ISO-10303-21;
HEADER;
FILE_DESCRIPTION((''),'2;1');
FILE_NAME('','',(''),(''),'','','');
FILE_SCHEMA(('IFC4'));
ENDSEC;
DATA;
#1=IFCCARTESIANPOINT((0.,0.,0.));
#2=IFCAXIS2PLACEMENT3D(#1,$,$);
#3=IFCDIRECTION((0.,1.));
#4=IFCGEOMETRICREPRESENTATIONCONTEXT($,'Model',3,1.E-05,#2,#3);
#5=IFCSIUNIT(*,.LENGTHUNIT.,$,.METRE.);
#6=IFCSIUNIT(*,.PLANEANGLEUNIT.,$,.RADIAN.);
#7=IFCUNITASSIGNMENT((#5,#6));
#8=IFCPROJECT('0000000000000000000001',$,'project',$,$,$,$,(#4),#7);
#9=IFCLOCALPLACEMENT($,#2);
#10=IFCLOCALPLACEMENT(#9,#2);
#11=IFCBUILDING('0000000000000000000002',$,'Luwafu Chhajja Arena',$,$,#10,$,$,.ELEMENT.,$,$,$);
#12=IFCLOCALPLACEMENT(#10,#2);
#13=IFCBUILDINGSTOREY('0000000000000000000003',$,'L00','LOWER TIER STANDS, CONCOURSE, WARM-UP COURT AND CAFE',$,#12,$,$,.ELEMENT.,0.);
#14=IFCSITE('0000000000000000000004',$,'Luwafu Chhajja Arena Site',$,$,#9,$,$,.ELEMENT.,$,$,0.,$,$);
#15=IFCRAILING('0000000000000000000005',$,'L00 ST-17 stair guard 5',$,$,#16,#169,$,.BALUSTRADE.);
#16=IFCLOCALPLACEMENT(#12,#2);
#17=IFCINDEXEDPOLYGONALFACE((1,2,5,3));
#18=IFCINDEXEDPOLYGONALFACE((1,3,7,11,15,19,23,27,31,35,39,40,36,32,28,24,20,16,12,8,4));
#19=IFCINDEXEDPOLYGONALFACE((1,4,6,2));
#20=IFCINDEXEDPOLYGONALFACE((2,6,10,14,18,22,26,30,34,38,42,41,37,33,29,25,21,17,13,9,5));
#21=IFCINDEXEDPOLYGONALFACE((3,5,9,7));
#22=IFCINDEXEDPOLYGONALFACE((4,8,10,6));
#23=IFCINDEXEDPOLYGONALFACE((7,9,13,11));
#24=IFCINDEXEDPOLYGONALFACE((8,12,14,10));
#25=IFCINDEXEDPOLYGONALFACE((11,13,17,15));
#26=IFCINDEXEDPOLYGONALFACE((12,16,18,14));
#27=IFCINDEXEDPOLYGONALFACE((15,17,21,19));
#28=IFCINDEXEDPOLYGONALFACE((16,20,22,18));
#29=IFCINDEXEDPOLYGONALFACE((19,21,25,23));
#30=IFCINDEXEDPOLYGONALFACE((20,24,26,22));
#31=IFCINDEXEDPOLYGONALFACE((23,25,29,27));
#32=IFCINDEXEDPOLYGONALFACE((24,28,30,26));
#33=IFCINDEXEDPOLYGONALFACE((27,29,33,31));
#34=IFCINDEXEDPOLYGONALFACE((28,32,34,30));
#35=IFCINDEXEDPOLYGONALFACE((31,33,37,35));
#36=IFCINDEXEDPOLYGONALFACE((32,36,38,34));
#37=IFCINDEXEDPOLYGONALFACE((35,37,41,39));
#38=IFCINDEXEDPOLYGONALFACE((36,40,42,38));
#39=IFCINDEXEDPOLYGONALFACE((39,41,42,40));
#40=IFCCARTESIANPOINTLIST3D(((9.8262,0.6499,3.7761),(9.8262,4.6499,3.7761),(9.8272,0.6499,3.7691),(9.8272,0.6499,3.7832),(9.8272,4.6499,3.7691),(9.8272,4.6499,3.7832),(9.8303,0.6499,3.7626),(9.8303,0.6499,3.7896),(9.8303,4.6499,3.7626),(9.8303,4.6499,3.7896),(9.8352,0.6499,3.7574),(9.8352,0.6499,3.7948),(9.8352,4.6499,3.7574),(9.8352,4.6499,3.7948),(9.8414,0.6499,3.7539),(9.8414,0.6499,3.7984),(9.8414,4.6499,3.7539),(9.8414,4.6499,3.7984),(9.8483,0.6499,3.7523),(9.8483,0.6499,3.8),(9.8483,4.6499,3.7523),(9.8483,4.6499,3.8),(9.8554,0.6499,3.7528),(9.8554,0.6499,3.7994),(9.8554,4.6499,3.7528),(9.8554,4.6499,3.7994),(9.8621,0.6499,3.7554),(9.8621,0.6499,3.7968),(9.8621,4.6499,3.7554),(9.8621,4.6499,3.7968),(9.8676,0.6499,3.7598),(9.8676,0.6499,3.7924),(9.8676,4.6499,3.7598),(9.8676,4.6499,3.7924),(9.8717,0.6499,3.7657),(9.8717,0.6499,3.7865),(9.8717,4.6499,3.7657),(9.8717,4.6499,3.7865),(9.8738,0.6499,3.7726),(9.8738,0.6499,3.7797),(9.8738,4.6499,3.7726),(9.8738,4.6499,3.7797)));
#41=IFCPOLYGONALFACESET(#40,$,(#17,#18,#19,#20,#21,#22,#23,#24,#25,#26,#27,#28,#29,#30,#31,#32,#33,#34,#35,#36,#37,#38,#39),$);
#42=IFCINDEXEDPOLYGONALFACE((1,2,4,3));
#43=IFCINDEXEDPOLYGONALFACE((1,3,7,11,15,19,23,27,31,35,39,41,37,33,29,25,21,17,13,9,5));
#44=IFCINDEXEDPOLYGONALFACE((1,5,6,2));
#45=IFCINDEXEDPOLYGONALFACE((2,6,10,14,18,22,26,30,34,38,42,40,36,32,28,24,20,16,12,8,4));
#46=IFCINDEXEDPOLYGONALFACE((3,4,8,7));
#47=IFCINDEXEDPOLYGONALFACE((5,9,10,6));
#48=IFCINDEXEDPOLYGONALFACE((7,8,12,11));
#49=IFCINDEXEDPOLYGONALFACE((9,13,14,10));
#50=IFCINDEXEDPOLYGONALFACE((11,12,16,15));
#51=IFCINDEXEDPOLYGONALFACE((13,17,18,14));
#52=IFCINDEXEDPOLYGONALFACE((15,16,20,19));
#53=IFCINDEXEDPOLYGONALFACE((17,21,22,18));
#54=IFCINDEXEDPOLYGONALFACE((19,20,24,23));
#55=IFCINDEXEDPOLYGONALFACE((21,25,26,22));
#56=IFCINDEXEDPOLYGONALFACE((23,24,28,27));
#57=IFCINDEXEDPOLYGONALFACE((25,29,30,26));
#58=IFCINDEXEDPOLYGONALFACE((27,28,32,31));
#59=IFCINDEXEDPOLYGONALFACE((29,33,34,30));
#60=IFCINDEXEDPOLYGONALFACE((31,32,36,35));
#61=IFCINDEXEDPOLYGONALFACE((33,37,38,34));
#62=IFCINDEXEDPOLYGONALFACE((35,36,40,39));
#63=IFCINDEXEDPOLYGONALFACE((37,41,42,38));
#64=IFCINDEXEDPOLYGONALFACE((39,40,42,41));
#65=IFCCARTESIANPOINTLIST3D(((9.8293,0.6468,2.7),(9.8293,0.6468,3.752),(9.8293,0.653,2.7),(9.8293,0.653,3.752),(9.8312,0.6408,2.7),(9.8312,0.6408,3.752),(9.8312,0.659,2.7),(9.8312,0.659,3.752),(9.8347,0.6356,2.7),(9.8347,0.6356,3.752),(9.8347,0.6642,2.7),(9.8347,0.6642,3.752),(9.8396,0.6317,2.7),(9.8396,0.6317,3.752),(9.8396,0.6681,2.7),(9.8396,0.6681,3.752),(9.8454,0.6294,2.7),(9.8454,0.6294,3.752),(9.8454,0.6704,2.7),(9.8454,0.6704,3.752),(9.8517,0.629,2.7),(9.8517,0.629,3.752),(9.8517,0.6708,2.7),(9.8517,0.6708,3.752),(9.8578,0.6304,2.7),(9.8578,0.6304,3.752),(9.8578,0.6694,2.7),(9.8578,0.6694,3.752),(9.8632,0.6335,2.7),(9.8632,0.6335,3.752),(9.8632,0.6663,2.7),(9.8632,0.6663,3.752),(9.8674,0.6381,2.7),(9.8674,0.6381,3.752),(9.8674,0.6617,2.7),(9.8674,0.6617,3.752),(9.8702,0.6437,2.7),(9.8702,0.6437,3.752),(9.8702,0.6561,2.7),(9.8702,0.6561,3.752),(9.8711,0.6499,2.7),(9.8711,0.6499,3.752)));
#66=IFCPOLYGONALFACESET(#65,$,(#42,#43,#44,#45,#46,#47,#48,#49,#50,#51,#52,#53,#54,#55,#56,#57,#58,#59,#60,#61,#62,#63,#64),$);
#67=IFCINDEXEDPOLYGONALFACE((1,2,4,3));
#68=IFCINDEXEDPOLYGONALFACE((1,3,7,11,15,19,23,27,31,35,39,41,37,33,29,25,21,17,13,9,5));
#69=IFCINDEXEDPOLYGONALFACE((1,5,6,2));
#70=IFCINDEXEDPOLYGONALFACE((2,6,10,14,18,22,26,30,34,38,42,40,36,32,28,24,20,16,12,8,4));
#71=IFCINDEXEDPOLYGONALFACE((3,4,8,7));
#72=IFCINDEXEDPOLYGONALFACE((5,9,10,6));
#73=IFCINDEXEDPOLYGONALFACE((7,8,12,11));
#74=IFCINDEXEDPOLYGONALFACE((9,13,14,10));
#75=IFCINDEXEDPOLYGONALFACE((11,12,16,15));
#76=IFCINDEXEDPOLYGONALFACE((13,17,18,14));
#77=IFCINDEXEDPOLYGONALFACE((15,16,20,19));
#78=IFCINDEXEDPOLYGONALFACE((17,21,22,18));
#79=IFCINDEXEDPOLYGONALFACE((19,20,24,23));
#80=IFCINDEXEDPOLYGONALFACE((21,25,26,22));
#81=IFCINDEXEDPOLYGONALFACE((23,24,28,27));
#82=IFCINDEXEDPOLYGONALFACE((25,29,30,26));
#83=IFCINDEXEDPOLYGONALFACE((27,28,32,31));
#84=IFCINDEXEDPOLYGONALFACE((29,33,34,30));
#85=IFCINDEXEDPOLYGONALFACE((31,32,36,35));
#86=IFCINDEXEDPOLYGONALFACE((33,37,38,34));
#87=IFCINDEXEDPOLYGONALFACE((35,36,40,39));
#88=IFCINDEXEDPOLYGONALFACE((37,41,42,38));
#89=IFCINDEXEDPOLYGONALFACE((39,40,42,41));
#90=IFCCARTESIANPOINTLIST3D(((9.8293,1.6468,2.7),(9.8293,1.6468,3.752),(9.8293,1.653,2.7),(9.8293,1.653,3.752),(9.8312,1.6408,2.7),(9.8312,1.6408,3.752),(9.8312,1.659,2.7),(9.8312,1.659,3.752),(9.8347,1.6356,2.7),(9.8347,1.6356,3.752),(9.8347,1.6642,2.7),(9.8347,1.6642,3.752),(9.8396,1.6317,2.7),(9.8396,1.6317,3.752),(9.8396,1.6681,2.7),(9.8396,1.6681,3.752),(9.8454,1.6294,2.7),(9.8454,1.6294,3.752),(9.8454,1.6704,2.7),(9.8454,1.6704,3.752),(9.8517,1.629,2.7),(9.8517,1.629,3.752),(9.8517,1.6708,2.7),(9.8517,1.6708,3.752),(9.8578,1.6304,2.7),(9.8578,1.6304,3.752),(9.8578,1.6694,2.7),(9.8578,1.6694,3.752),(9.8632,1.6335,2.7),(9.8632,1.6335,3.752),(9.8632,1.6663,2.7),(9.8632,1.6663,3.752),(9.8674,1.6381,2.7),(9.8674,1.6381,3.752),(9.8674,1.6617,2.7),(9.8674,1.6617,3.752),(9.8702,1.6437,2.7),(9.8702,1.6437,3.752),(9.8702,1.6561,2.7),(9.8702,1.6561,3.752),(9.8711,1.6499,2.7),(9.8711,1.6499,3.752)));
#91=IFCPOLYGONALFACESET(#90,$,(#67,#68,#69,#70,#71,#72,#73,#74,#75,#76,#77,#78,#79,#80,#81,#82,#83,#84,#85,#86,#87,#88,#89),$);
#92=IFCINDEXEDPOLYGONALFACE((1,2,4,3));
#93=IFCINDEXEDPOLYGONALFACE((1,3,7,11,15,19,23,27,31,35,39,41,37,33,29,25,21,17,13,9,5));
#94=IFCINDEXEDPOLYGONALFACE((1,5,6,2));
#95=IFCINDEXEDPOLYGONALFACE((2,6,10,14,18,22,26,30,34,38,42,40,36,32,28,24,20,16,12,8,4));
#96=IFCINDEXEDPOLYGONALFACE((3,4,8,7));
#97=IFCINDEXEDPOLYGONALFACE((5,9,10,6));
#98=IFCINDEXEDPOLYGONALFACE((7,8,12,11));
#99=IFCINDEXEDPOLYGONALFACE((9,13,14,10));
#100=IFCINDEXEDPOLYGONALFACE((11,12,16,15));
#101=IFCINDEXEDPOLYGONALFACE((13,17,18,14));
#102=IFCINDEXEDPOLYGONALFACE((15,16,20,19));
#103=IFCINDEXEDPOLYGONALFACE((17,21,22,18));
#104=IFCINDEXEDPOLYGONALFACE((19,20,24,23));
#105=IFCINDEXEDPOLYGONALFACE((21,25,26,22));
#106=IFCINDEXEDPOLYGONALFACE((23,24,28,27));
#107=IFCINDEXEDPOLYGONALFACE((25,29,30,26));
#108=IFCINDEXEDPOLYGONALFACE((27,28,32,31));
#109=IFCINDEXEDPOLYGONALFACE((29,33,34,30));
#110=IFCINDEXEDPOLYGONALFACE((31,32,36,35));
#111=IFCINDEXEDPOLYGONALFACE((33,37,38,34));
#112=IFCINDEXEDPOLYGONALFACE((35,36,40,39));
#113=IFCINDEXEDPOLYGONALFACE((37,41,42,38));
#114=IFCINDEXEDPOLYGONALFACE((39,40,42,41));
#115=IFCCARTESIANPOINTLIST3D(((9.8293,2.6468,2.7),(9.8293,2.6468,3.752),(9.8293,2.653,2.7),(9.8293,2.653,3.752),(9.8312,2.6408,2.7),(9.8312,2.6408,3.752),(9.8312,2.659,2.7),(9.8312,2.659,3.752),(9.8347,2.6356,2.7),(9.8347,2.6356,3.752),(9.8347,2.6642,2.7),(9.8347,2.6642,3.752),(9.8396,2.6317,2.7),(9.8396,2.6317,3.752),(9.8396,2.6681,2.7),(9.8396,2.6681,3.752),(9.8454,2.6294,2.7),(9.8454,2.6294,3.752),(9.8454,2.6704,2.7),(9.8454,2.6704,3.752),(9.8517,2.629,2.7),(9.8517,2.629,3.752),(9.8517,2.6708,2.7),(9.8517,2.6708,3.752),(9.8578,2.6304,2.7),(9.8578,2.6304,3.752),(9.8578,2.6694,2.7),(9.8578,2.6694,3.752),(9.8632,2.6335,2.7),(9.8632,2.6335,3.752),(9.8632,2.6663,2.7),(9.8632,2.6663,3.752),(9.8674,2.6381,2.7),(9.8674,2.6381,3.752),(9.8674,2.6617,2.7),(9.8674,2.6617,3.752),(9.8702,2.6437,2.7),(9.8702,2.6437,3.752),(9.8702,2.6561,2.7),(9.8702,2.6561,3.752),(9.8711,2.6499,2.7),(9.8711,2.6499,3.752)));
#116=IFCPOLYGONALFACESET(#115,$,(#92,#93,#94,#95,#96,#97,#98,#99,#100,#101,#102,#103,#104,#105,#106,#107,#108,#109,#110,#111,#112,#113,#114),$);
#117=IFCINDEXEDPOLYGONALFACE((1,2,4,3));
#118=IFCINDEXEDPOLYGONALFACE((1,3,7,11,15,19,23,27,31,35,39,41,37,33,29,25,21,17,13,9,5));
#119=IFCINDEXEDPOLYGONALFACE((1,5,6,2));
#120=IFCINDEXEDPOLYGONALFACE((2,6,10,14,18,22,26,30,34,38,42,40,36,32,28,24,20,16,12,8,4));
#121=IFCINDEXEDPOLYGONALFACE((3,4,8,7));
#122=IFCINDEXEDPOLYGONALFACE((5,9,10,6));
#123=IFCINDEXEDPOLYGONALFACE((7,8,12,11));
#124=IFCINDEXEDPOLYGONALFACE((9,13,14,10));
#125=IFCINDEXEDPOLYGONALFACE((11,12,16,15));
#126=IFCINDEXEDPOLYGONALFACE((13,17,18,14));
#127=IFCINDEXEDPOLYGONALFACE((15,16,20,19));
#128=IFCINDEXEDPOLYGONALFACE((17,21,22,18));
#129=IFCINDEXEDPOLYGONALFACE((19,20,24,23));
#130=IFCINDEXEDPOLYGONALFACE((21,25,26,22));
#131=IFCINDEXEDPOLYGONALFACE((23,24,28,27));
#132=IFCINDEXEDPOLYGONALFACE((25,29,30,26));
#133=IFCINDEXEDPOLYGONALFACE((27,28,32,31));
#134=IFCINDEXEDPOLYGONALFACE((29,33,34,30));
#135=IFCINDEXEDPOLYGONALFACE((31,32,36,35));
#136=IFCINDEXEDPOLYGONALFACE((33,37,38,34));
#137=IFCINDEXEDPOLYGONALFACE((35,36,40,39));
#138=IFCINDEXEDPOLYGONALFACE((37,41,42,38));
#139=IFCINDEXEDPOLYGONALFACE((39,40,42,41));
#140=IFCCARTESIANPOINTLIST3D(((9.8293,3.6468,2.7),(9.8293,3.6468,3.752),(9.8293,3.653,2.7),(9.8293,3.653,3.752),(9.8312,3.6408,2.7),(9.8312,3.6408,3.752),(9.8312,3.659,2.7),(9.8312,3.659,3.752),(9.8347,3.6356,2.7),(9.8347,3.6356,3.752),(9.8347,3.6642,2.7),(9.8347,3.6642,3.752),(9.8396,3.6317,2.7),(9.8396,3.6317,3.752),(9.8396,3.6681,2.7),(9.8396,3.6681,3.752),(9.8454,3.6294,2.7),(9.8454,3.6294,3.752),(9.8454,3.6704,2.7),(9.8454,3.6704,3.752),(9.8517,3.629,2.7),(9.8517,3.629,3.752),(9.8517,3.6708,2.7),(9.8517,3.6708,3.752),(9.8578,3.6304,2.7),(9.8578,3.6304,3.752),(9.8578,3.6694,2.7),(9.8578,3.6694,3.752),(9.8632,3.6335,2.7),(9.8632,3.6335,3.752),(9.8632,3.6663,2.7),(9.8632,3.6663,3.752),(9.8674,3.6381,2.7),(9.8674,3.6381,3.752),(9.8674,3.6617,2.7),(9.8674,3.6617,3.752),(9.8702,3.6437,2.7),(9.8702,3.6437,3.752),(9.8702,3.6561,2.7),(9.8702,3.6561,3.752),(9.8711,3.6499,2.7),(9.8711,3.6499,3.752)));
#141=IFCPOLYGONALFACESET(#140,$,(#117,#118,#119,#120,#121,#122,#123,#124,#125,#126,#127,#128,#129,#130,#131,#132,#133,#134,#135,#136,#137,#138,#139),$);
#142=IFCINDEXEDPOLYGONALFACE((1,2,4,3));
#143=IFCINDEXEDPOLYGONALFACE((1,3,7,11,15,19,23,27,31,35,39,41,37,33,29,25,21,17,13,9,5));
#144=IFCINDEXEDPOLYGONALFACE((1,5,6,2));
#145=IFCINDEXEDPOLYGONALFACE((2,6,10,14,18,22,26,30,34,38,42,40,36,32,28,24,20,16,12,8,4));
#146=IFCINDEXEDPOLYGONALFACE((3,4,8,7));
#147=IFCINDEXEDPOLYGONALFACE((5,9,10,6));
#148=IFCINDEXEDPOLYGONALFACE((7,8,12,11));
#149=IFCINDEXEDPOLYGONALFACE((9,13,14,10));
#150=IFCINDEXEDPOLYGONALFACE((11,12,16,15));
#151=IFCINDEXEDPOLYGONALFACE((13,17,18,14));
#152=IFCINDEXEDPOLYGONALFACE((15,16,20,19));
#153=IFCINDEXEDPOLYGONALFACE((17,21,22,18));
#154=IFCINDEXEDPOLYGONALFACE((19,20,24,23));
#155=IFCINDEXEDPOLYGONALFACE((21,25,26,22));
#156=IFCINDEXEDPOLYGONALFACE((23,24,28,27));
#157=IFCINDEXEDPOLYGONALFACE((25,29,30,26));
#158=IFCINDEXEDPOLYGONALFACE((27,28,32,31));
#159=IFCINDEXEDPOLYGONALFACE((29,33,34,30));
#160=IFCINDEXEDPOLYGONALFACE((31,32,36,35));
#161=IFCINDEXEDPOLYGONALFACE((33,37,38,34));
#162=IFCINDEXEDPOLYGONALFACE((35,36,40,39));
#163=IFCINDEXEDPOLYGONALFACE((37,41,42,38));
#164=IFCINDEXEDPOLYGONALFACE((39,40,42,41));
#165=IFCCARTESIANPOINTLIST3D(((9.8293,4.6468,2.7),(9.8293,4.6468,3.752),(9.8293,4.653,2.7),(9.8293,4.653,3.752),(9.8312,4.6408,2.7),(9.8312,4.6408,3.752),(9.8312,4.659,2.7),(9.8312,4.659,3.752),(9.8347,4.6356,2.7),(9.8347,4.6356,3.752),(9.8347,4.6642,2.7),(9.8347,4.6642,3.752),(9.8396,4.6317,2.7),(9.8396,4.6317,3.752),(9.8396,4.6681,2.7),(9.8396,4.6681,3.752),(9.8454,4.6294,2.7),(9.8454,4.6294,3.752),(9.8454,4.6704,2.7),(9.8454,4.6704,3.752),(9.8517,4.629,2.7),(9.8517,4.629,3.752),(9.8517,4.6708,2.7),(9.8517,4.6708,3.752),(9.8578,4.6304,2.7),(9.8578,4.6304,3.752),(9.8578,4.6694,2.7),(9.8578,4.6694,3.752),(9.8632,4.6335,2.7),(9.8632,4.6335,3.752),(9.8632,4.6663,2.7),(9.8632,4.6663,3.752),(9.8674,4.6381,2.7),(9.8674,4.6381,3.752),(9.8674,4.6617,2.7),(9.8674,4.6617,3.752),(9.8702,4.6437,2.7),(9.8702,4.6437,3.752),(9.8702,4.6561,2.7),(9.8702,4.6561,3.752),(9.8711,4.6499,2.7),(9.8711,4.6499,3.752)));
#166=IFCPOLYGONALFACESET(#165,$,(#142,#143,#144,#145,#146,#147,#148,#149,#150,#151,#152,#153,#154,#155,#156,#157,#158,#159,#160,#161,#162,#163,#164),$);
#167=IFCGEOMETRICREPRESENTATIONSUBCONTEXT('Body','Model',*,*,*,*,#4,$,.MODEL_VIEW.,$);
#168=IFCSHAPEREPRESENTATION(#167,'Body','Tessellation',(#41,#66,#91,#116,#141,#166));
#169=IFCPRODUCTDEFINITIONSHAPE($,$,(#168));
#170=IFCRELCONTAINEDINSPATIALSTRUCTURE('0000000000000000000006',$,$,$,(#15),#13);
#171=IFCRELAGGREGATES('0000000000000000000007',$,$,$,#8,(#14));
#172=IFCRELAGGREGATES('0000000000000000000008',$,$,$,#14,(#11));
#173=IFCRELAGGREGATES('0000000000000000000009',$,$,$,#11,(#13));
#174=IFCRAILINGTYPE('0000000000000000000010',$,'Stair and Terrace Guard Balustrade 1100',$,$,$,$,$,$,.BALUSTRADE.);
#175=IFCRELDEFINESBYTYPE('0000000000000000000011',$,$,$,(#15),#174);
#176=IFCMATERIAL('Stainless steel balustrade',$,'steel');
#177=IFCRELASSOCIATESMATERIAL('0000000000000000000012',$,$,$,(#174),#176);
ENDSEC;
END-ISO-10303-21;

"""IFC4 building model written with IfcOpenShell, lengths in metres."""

from ifc_helpers import new_model, si_unit, direction, frame, origin, origin_2d, place, context, subcontext, project, spatial, circle, extrude, material, type_object, element, save


model = new_model("IFC4")

# Units and contexts
model_context = context("Model", 3, precision=1e-05, world=origin(), true_north=direction((0.0, 1.0)))
body_context = subcontext(model_context, "Body", "Model", "MODEL_VIEW")
ifc_project = project(units=[si_unit("LENGTHUNIT", "METRE"), si_unit("PLANEANGLEUNIT", "RADIAN")], contexts=[model_context])

# Site, building, storey
site_placement = place(None, origin())
site = spatial("IfcSite", under=ifc_project, at=site_placement, Name="Luwafu Chhajja Arena Site", CompositionType="ELEMENT", RefElevation=0.0)
building_placement = place(site_placement, origin())
building = spatial("IfcBuilding", under=site, at=building_placement, Name="Luwafu Chhajja Arena", CompositionType="ELEMENT")
storey_placement = place(building_placement, origin())
storey = spatial("IfcBuildingStorey", under=building, at=storey_placement, Name="L00", Description="LOWER TIER STANDS, CONCOURSE, WARM-UP COURT AND CAFE", CompositionType="ELEMENT", Elevation=0.0)

# Railing
ifc_material_1 = material(Name="Stainless steel balustrade", Category="steel")
railing_type_1 = type_object("IfcRailingType", Name="Stair and Terrace Guard Balustrade 1100", PredefinedType="BALUSTRADE", material=ifc_material_1)
railing_1_placement = place(storey_placement, frame((9.8501, 0.6499, 2.7)))
element("IfcRailing", 1, at=railing_1_placement, inside=storey, type_object=railing_type_1, Name="L00 ST-17 stair guard 5", PredefinedType="BALUSTRADE", context=body_context, shape_type="SweptSolid", body=[
    extrude(circle(Radius=0.0239, at=origin_2d()), frame((0.0, 0.0, 1.0762), z_axis=(0.0, 1.0, 0.0), x_axis=(-1.0, 0.0, 0.0)), (0.0, 0.0, 1.0), 4.0),
    extrude(circle(Radius=0.021, at=origin_2d()), origin(), (0.0, 0.0, 1.0), 1.052),
    extrude(circle(Radius=0.021, at=origin_2d()), frame((0.0, 1.0, 0.0)), (0.0, 0.0, 1.0), 1.052),
    extrude(circle(Radius=0.021, at=origin_2d()), frame((0.0, 2.0, 0.0)), (0.0, 0.0, 1.0), 1.052),
    extrude(circle(Radius=0.021, at=origin_2d()), frame((0.0, 3.0, 0.0)), (0.0, 0.0, 1.0), 1.052),
    extrude(circle(Radius=0.021, at=origin_2d()), frame((0.0, 4.0, 0.0)), (0.0, 0.0, 1.0), 1.052),
])

save(model, "model.ifc")
